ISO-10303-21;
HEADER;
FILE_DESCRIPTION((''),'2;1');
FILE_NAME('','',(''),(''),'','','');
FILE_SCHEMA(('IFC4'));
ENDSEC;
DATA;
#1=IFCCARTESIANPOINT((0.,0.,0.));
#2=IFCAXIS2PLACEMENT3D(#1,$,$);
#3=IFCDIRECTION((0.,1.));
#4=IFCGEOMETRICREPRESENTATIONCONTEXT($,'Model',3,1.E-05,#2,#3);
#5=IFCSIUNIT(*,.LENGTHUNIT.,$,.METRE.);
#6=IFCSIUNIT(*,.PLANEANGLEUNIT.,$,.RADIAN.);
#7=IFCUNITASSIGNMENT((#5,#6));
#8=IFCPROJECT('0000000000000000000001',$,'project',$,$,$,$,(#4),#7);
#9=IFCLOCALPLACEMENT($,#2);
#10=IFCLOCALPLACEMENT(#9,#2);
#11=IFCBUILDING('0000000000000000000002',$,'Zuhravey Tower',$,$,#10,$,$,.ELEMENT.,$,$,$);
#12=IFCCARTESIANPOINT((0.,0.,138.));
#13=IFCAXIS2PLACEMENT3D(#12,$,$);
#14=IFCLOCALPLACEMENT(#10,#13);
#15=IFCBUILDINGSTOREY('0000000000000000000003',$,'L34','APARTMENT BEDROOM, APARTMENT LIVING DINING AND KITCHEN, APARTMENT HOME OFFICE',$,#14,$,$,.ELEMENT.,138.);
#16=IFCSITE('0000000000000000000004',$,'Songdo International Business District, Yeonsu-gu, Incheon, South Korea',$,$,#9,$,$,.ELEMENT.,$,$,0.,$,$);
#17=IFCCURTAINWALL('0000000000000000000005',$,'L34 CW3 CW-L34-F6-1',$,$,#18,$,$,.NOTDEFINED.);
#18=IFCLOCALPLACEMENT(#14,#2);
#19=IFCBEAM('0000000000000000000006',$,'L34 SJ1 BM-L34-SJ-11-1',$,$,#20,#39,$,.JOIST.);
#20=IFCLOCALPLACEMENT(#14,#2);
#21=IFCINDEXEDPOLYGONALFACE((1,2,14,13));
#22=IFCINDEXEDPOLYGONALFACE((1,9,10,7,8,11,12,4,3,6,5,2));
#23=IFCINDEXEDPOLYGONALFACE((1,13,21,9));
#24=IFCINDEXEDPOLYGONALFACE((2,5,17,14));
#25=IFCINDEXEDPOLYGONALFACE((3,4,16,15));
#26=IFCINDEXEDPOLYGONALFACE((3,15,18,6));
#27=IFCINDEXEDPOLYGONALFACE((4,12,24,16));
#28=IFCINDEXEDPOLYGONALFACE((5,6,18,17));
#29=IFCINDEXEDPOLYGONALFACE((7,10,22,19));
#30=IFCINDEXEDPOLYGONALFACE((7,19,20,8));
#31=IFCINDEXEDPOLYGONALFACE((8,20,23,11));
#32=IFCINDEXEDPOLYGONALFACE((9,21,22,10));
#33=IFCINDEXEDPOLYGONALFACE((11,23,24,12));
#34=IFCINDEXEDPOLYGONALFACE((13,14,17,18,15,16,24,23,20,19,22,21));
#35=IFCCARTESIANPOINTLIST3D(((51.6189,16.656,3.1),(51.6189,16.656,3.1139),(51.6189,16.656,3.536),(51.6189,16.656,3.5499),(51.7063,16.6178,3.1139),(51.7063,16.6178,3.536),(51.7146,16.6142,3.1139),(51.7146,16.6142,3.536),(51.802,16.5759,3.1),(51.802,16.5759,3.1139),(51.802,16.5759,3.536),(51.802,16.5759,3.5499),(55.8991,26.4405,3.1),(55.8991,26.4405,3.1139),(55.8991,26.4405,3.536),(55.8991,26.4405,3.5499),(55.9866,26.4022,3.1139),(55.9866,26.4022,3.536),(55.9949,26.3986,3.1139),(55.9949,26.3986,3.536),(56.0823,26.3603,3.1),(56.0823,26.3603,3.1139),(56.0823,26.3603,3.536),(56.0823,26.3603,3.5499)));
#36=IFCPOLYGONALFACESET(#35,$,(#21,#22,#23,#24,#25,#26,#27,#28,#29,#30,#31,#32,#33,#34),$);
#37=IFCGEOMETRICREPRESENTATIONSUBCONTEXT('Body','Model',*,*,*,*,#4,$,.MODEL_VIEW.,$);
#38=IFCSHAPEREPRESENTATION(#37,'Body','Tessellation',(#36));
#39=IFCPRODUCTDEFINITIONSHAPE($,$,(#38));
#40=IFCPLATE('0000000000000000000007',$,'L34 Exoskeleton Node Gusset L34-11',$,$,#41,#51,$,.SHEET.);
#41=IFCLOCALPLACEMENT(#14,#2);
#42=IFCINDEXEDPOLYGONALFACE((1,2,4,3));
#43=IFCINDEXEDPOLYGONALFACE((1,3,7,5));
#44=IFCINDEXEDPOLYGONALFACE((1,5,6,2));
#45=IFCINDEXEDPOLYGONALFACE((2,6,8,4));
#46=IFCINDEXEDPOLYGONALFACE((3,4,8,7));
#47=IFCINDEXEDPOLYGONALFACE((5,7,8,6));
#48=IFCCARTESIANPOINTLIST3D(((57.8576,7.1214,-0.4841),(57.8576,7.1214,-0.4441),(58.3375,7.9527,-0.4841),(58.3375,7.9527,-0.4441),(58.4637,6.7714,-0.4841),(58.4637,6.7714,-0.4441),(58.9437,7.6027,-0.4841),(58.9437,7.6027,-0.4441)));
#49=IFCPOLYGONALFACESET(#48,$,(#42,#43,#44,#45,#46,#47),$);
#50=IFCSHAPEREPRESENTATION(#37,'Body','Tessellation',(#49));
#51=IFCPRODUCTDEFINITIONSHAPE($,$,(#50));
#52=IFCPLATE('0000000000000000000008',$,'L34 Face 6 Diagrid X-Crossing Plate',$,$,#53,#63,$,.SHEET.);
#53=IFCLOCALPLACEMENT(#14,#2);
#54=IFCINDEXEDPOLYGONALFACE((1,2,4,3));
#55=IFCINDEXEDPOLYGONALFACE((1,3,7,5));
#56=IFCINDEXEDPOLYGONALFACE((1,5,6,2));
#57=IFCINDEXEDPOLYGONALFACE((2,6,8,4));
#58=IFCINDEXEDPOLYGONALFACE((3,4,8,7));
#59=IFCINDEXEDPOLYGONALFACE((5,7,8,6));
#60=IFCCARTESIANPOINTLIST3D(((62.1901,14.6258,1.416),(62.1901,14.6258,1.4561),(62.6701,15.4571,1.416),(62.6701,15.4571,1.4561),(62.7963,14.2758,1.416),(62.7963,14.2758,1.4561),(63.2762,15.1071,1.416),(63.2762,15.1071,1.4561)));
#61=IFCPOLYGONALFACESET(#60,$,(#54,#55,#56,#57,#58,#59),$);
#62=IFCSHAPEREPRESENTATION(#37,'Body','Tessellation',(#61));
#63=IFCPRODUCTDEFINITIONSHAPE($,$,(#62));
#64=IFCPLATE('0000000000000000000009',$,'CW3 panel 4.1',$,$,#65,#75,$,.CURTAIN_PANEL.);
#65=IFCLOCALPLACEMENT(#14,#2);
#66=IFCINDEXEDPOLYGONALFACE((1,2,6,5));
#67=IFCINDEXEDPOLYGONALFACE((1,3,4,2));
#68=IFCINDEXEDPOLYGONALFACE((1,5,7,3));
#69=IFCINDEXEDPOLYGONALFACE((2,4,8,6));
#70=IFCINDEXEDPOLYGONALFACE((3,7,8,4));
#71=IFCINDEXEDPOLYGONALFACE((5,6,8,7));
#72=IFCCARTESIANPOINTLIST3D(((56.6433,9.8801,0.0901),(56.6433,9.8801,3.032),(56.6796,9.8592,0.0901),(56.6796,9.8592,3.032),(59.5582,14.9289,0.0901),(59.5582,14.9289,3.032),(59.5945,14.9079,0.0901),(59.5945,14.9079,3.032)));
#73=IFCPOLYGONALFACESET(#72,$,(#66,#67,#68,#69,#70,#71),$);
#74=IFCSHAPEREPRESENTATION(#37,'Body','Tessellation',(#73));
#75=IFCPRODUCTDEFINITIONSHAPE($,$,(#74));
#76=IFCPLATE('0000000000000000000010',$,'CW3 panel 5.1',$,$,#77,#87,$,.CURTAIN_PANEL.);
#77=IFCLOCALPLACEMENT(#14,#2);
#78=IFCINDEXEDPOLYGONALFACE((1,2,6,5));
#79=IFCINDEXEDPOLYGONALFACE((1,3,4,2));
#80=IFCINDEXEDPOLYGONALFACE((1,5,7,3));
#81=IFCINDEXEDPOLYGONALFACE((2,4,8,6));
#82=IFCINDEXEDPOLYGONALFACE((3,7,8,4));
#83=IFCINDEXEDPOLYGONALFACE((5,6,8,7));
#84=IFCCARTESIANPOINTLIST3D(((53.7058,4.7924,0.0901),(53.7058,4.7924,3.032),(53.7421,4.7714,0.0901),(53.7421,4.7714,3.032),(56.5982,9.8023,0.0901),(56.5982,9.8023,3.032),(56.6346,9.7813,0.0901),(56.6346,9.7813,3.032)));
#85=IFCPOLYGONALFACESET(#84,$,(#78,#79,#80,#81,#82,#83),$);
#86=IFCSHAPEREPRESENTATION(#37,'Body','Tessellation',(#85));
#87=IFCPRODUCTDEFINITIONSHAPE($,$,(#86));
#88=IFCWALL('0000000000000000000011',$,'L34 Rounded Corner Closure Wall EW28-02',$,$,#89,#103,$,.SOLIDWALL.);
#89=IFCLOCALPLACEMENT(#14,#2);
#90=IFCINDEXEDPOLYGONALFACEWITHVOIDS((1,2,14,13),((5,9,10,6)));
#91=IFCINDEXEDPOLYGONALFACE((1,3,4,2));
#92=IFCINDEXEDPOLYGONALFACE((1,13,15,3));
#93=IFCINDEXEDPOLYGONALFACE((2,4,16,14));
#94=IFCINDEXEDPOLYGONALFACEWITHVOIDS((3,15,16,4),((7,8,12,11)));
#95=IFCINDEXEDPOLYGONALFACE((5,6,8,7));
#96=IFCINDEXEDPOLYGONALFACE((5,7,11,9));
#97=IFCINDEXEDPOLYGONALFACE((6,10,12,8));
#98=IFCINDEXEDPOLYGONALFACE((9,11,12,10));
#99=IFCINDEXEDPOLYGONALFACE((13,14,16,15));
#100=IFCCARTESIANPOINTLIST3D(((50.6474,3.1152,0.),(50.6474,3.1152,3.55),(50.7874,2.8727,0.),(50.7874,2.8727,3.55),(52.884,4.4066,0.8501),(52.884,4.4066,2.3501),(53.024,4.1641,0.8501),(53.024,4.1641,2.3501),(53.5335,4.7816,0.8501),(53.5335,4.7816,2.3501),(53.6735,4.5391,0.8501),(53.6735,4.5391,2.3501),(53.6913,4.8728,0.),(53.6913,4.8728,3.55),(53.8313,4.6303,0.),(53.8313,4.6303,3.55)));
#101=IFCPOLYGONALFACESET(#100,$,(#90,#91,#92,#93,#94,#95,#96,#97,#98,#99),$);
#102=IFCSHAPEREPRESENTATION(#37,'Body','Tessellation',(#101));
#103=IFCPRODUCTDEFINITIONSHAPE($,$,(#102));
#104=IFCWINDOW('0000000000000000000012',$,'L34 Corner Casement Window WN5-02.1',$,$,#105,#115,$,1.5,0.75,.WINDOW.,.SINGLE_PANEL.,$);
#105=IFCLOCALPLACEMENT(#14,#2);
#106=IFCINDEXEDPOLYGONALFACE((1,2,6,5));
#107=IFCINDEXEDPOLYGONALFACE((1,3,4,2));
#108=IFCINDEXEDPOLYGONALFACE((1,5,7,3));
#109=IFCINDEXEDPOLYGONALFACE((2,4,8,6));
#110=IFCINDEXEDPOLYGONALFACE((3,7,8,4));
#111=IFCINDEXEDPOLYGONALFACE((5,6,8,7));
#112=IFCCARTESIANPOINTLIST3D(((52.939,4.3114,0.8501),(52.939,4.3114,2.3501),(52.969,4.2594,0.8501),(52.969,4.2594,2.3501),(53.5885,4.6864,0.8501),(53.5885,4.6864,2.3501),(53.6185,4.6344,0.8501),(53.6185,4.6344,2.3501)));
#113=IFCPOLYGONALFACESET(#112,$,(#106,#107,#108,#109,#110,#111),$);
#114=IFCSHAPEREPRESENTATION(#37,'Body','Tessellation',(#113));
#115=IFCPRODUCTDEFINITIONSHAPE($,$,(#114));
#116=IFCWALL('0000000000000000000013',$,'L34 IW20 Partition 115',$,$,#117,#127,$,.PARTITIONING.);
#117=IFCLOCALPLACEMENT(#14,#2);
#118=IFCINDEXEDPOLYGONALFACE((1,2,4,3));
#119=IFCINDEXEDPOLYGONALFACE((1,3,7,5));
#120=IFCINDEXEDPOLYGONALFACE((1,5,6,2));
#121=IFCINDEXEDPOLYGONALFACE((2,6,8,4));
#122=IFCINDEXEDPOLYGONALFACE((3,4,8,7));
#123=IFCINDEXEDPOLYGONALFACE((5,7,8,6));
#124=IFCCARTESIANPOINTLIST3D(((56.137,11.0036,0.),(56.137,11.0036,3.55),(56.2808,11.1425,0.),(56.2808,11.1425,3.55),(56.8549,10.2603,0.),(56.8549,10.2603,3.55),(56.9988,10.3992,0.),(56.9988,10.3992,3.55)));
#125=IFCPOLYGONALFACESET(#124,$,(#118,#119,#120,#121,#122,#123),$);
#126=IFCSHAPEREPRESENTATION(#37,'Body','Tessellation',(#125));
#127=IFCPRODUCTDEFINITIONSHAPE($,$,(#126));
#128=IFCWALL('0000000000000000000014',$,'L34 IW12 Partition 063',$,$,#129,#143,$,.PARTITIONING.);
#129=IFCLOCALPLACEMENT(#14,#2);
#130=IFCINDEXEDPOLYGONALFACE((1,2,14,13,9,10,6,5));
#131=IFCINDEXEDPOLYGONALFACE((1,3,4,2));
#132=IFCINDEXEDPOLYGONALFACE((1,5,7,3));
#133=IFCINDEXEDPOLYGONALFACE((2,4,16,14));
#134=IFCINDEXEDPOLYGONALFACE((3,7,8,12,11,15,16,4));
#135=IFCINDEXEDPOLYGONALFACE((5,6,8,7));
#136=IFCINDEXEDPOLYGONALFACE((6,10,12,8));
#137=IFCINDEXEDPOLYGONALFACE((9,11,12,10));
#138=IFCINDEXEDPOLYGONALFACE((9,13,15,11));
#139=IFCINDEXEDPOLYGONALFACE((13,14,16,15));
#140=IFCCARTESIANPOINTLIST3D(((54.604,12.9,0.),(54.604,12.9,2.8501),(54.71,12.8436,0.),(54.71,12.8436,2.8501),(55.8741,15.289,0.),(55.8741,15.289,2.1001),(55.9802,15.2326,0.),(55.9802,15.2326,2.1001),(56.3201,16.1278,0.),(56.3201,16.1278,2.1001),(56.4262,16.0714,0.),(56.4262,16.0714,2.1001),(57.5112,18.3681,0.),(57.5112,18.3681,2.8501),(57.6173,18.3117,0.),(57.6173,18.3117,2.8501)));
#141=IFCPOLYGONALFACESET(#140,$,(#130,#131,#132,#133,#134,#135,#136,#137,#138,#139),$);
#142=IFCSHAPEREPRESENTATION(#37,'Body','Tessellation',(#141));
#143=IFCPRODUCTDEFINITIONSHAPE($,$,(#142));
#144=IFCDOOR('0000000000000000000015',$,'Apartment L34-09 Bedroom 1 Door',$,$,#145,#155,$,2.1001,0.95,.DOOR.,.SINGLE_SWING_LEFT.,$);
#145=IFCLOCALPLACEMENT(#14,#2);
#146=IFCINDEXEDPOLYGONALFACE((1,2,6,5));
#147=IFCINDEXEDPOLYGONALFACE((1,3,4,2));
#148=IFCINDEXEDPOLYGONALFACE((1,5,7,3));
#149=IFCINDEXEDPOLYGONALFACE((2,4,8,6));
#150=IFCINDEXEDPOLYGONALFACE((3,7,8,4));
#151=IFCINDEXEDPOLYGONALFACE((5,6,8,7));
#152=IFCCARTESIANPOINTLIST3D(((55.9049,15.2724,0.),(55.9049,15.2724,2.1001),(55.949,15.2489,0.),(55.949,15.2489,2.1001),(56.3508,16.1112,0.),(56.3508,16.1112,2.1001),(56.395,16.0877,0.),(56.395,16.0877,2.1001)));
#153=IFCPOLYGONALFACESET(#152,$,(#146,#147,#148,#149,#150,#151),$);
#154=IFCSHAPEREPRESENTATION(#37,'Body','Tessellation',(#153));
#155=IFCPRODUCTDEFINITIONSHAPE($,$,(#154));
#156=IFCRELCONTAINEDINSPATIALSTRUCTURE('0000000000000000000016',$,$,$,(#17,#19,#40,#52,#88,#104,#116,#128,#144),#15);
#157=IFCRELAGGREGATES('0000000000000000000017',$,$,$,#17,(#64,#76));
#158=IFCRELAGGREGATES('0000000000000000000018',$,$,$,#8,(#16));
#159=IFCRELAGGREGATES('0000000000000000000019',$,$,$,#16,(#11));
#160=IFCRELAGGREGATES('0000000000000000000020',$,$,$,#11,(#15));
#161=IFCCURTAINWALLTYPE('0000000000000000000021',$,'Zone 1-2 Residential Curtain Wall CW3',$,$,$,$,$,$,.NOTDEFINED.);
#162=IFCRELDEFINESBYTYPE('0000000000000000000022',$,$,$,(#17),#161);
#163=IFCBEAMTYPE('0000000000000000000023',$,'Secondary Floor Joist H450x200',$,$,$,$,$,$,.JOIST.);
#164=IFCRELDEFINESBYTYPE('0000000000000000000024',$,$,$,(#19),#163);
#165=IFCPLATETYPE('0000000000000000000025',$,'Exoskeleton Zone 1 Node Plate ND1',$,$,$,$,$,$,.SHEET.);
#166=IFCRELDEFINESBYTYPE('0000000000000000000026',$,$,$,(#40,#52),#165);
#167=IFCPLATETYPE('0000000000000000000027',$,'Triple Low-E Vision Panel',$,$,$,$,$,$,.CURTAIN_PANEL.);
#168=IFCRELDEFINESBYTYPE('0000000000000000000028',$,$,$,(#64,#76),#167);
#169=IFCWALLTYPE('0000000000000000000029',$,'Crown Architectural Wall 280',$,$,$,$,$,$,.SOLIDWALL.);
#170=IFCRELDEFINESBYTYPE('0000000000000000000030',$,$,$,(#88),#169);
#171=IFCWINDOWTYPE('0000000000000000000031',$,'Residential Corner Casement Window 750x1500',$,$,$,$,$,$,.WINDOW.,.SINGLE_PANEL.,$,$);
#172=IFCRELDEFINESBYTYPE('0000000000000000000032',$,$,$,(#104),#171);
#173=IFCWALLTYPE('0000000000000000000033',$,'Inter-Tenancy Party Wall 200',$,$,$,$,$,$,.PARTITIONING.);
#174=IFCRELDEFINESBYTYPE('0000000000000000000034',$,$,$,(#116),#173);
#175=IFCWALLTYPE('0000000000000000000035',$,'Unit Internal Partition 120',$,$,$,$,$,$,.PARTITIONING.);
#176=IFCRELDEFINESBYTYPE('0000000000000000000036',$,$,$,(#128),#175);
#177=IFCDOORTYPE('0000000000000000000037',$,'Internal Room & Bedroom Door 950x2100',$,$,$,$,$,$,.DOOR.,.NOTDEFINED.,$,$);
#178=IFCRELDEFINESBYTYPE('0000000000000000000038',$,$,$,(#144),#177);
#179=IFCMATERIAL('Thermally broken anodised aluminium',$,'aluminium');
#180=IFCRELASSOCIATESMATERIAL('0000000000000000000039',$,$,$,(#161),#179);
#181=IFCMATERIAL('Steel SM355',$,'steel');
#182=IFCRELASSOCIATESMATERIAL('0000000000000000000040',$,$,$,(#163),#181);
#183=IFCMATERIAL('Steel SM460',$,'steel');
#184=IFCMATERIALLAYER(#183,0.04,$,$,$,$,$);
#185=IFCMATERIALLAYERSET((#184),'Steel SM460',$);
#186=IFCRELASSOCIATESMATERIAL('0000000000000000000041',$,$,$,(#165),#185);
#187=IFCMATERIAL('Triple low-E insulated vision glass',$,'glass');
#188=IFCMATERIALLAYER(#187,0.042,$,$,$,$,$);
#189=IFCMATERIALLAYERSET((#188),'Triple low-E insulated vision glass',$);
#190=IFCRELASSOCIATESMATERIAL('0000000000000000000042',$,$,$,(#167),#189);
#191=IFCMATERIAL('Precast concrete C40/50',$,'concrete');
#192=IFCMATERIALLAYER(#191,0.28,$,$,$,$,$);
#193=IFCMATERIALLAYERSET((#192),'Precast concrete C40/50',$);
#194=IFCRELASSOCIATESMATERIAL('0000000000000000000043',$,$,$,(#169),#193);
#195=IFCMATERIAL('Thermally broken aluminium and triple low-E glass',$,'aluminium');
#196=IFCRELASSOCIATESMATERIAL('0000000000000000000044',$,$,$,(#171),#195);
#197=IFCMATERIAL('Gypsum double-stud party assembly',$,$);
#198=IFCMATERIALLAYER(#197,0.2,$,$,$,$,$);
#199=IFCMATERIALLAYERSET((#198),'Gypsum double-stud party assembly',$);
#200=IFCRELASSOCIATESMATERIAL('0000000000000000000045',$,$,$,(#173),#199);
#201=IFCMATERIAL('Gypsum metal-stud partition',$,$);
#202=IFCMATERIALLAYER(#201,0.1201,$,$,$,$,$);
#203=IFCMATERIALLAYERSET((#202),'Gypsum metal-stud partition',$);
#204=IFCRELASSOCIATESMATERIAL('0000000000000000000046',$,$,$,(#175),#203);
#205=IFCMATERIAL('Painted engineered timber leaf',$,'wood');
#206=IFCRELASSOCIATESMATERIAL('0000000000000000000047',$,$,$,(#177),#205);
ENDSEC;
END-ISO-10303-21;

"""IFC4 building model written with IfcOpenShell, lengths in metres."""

from ifc_helpers import new_model, si_unit, direction, frame, frame_2d, origin, origin_2d, place, context, subcontext, project, spatial, rectangle, i_section, extrude, material, layer, layer_set, material_profile, profile_set, type_object, element, fill, aggregate, save


model = new_model("IFC4")

# Units and contexts
model_context = context("Model", 3, precision=1e-05, world=origin(), true_north=direction((0.0, 1.0)))
body_context = subcontext(model_context, "Body", "Model", "MODEL_VIEW")
ifc_project = project(units=[si_unit("LENGTHUNIT", "METRE"), si_unit("PLANEANGLEUNIT", "RADIAN")], contexts=[model_context])

# Site, building, storey
site_placement = place(None, origin())
site = spatial("IfcSite", under=ifc_project, at=site_placement, Name="Songdo International Business District, Yeonsu-gu, Incheon, South Korea", CompositionType="ELEMENT", RefElevation=0.0)
building_placement = place(site_placement, origin())
building = spatial("IfcBuilding", under=site, at=building_placement, Name="Zuhravey Tower", CompositionType="ELEMENT")
storey_placement = place(building_placement, frame((0.0, 0.0, 138.0)))
storey = spatial("IfcBuildingStorey", under=building, at=storey_placement, Name="L34", Description="APARTMENT BEDROOM, APARTMENT LIVING DINING AND KITCHEN, APARTMENT HOME OFFICE", CompositionType="ELEMENT", Elevation=138.0)

# Curtain wall
ifc_material_1 = material(Name="Thermally broken anodised aluminium", Category="aluminium")
curtain_wall_type = type_object("IfcCurtainWallType", Name="Zone 1-2 Residential Curtain Wall CW3", PredefinedType="NOTDEFINED", material=ifc_material_1)
curtain_wall_1_placement = place(storey_placement, origin())
curtain_wall_1 = element("IfcCurtainWall", 1, at=curtain_wall_1_placement, inside=storey, type_object=curtain_wall_type, Name="L34 CW3 CW-L34-F6-1", PredefinedType="NOTDEFINED")

# Shared definitions
ifc_material_2 = material(Name="Steel SM460", Category="steel")

# Shared definitions
ifc_material_3 = material(Name="Steel SM355", Category="steel")

# Beam
ifc_material_profile_1 = material_profile(ifc_material_3, i_section(OverallWidth=0.2, OverallDepth=0.45, WebThickness=0.009, FlangeThickness=0.0139, at=origin_2d()), Name="H-450x200x9x14")
ifc_profile_set_1 = profile_set([ifc_material_profile_1], Name="Steel SM355")
beam_type_1 = type_object("IfcBeamType", Name="Secondary Floor Joist H450x200", PredefinedType="JOIST", material=ifc_profile_set_1)
beam_1_placement = place(storey_placement, frame((51.7104, 16.616, 3.325), z_axis=(0.400786, 0.916172, 0.0), x_axis=(-0.916172, 0.400786, 0.0)))
element("IfcBeam", 2, at=beam_1_placement, inside=storey, type_object=beam_type_1, Name="L34 SJ1 BM-L34-SJ-11-1", PredefinedType="JOIST", context=body_context, shape_type="SweptSolid", body=[
    extrude(i_section(OverallWidth=0.2, OverallDepth=0.45, WebThickness=0.009, FlangeThickness=0.0139, at=origin_2d()), origin(), (0.0, 0.0, 1.0), 10.6797),
])

# Plates
ifc_layer_1 = layer(ifc_material_2, 0.04)
ifc_layer_set_1 = layer_set([ifc_layer_1], Name="Steel SM460")
plate_type_1 = type_object("IfcPlateType", Name="Exoskeleton Zone 1 Node Plate ND1", PredefinedType="SHEET", material=ifc_layer_set_1)
for number, where, z_axis, x_axis, name in (
    (3, (58.4006, 7.3621, -0.4841), (0.0, 0.0, 1.0), (0.5, 0.866025, 0.0), "L34 Exoskeleton Node Gusset L34-11"),
    (4, (62.7332, 14.8665, 1.416), (0.0, 0.0, 1.0), (0.5, 0.866025, 0.0), "L34 Face 6 Diagrid X-Crossing Plate"),
):
    element("IfcPlate", number, at=place(storey_placement, frame(where, z_axis=z_axis, x_axis=x_axis)), inside=storey, type_object=plate_type_1, Name=name, PredefinedType="SHEET", context=body_context, shape_type="SweptSolid", body=[
        extrude(rectangle(XDim=0.96, YDim=0.7, at=origin_2d()), origin(), (0.0, 0.0, 1.0), 0.04),
    ])

# Plates
ifc_material_4 = material(Name="Triple low-E insulated vision glass", Category="glass")
ifc_layer_2 = layer(ifc_material_4, 0.042)
ifc_layer_set_2 = layer_set([ifc_layer_2], Name="Triple low-E insulated vision glass")
plate_type_2 = type_object("IfcPlateType", Name="Triple Low-E Vision Panel", PredefinedType="CURTAIN_PANEL", material=ifc_layer_set_2)
plate_1_placement = place(storey_placement, frame((58.1189, 12.394, 0.0901), z_axis=(0.0, 0.0, 1.0), x_axis=(-0.5, -0.866026, 0.0)))
plate_1 = element("IfcPlate", 5, at=plate_1_placement, type_object=plate_type_2, Name="CW3 panel 4.1", PredefinedType="CURTAIN_PANEL", context=body_context, shape_type="SweptSolid", body=[
    extrude(rectangle(XDim=5.8298, YDim=0.042, at=origin_2d()), origin(), (0.0, 0.0, 1.0), 2.9419),
])
plate_2_placement = place(storey_placement, frame((55.1702, 7.2869, 0.0901), z_axis=(0.0, 0.0, 1.0), x_axis=(-0.5, -0.866026, 0.0)))
plate_2 = element("IfcPlate", 6, at=plate_2_placement, type_object=plate_type_2, Name="CW3 panel 5.1", PredefinedType="CURTAIN_PANEL", context=body_context, shape_type="SweptSolid", body=[
    extrude(rectangle(XDim=5.7849, YDim=0.042, at=origin_2d()), origin(), (0.0, 0.0, 1.0), 2.9419),
])
aggregate(curtain_wall_1, [plate_1, plate_2])

# Wall, opening, window
ifc_material_5 = material(Name="Precast concrete C40/50", Category="concrete")
ifc_layer_3 = layer(ifc_material_5, 0.28)
ifc_layer_set_3 = layer_set([ifc_layer_3], Name="Precast concrete C40/50")
wall_type_1 = type_object("IfcWallType", Name="Crown Architectural Wall 280", PredefinedType="SOLIDWALL", material=ifc_layer_set_3)
wall_1_placement = place(storey_placement, frame((53.7612, 4.7515, 0.0), z_axis=(0.0, 0.0, 1.0), x_axis=(-0.866007, -0.500031, 0.0)))
wall_1 = element("IfcWall", 7, at=wall_1_placement, inside=storey, type_object=wall_type_1, Name="L34 Rounded Corner Closure Wall EW28-02", PredefinedType="SOLIDWALL", context=body_context, shape_type="SweptSolid", body=[
    extrude(rectangle(XDim=3.5149, YDim=0.28, at=frame_2d((1.7573, 0.0))), origin(), (0.0, 0.0, 1.0), 3.55),
])
opening_1_placement = place(wall_1_placement, frame((0.1821, 0.0, 0.8501)))
opening_1 = element("IfcOpeningElement", 8, at=opening_1_placement, cuts=wall_1, PredefinedType="OPENING", context=body_context, shape_type="SweptSolid", body=[
    extrude(rectangle(XDim=0.75, YDim=1.5, at=frame_2d((0.375, 0.75))), frame((0.0, 0.1521, 0.0), z_axis=(0.0, -1.0, 0.0), x_axis=(1.0, 0.0, 0.0)), (0.0, 0.0, 1.0), 0.304),
])
ifc_material_6 = material(Name="Thermally broken aluminium and triple low-E glass", Category="aluminium")
window_type = type_object("IfcWindowType", Name="Residential Corner Casement Window 750x1500", PartitioningType="SINGLE_PANEL", PredefinedType="WINDOW", material=ifc_material_6)
window_placement = place(opening_1_placement, origin())
window = element("IfcWindow", 9, at=window_placement, inside=storey, type_object=window_type, Name="L34 Corner Casement Window WN5-02.1", OverallHeight=1.5, OverallWidth=0.75, PartitioningType="SINGLE_PANEL", PredefinedType="WINDOW", context=body_context, shape_type="SweptSolid", body=[
    extrude(rectangle(XDim=0.75, YDim=1.5, at=frame_2d((0.375, 0.75))), frame((0.0, 0.03, 0.0), z_axis=(0.0, -1.0, 0.0), x_axis=(1.0, 0.0, 0.0)), (0.0, 0.0, 1.0), 0.0601),
])
fill(opening_1, window)

# Wall
ifc_material_7 = material(Name="Gypsum double-stud party assembly")
ifc_layer_4 = layer(ifc_material_7, 0.2)
ifc_layer_set_4 = layer_set([ifc_layer_4], Name="Gypsum double-stud party assembly")
wall_type_2 = type_object("IfcWallType", Name="Inter-Tenancy Party Wall 200", PredefinedType="PARTITIONING", material=ifc_layer_set_4)
wall_2_placement = place(storey_placement, frame((56.209, 11.073, 0.0), z_axis=(0.0, 0.0, 1.0), x_axis=(0.694717, -0.719283, 0.0)))
element("IfcWall", 10, at=wall_2_placement, inside=storey, type_object=wall_type_2, Name="L34 IW20 Partition 115", PredefinedType="PARTITIONING", context=body_context, shape_type="SweptSolid", body=[
    extrude(rectangle(XDim=1.0334, YDim=0.2, at=frame_2d((0.5166, 0.0))), origin(), (0.0, 0.0, 1.0), 3.55),
])

# Wall, opening, door
ifc_material_8 = material(Name="Gypsum metal-stud partition")
ifc_layer_5 = layer(ifc_material_8, 0.1201)
ifc_layer_set_5 = layer_set([ifc_layer_5], Name="Gypsum metal-stud partition")
wall_type_3 = type_object("IfcWallType", Name="Unit Internal Partition 120", PredefinedType="PARTITIONING", material=ifc_layer_set_5)
wall_3_placement = place(storey_placement, frame((54.657, 12.8718, 0.0), z_axis=(0.0, 0.0, 1.0), x_axis=(0.46945, 0.882959, 0.0)))
wall_3 = element("IfcWall", 11, at=wall_3_placement, inside=storey, type_object=wall_type_3, Name="L34 IW12 Partition 063", PredefinedType="PARTITIONING", context=body_context, shape_type="SweptSolid", body=[
    extrude(rectangle(XDim=6.1929, YDim=0.1201, at=frame_2d((3.0964, 0.0))), origin(), (0.0, 0.0, 1.0), 2.8501),
])
opening_2_placement = place(wall_3_placement, frame((2.7056, 0.0, 0.0)))
opening_2 = element("IfcOpeningElement", 12, at=opening_2_placement, cuts=wall_3, PredefinedType="OPENING", context=body_context, shape_type="SweptSolid", body=[
    extrude(rectangle(XDim=0.95, YDim=2.1001, at=frame_2d((0.4751, 1.05))), frame((0.0, 0.072, 0.0), z_axis=(0.0, -1.0, 0.0), x_axis=(1.0, 0.0, 0.0)), (0.0, 0.0, 1.0), 0.144),
])
ifc_material_9 = material(Name="Painted engineered timber leaf", Category="wood")
door_type = type_object("IfcDoorType", Name="Internal Room & Bedroom Door 950x2100", OperationType="NOTDEFINED", PredefinedType="DOOR", material=ifc_material_9)
door_placement = place(opening_2_placement, frame((0.95, 0.0, 0.0), z_axis=(0.0, 0.0, 1.0), x_axis=(-1.0, 0.0, 0.0)))
door = element("IfcDoor", 13, at=door_placement, inside=storey, type_object=door_type, Name="Apartment L34-09 Bedroom 1 Door", OperationType="SINGLE_SWING_LEFT", OverallHeight=2.1001, OverallWidth=0.95, PredefinedType="DOOR", context=body_context, shape_type="SweptSolid", body=[
    extrude(rectangle(XDim=0.95, YDim=2.1001, at=frame_2d((0.4751, 1.05))), frame((0.0, 0.0249, 0.0), z_axis=(0.0, -1.0, 0.0), x_axis=(1.0, 0.0, 0.0)), (0.0, 0.0, 1.0), 0.05),
])
fill(opening_2, door)

save(model, "model.ifc")
